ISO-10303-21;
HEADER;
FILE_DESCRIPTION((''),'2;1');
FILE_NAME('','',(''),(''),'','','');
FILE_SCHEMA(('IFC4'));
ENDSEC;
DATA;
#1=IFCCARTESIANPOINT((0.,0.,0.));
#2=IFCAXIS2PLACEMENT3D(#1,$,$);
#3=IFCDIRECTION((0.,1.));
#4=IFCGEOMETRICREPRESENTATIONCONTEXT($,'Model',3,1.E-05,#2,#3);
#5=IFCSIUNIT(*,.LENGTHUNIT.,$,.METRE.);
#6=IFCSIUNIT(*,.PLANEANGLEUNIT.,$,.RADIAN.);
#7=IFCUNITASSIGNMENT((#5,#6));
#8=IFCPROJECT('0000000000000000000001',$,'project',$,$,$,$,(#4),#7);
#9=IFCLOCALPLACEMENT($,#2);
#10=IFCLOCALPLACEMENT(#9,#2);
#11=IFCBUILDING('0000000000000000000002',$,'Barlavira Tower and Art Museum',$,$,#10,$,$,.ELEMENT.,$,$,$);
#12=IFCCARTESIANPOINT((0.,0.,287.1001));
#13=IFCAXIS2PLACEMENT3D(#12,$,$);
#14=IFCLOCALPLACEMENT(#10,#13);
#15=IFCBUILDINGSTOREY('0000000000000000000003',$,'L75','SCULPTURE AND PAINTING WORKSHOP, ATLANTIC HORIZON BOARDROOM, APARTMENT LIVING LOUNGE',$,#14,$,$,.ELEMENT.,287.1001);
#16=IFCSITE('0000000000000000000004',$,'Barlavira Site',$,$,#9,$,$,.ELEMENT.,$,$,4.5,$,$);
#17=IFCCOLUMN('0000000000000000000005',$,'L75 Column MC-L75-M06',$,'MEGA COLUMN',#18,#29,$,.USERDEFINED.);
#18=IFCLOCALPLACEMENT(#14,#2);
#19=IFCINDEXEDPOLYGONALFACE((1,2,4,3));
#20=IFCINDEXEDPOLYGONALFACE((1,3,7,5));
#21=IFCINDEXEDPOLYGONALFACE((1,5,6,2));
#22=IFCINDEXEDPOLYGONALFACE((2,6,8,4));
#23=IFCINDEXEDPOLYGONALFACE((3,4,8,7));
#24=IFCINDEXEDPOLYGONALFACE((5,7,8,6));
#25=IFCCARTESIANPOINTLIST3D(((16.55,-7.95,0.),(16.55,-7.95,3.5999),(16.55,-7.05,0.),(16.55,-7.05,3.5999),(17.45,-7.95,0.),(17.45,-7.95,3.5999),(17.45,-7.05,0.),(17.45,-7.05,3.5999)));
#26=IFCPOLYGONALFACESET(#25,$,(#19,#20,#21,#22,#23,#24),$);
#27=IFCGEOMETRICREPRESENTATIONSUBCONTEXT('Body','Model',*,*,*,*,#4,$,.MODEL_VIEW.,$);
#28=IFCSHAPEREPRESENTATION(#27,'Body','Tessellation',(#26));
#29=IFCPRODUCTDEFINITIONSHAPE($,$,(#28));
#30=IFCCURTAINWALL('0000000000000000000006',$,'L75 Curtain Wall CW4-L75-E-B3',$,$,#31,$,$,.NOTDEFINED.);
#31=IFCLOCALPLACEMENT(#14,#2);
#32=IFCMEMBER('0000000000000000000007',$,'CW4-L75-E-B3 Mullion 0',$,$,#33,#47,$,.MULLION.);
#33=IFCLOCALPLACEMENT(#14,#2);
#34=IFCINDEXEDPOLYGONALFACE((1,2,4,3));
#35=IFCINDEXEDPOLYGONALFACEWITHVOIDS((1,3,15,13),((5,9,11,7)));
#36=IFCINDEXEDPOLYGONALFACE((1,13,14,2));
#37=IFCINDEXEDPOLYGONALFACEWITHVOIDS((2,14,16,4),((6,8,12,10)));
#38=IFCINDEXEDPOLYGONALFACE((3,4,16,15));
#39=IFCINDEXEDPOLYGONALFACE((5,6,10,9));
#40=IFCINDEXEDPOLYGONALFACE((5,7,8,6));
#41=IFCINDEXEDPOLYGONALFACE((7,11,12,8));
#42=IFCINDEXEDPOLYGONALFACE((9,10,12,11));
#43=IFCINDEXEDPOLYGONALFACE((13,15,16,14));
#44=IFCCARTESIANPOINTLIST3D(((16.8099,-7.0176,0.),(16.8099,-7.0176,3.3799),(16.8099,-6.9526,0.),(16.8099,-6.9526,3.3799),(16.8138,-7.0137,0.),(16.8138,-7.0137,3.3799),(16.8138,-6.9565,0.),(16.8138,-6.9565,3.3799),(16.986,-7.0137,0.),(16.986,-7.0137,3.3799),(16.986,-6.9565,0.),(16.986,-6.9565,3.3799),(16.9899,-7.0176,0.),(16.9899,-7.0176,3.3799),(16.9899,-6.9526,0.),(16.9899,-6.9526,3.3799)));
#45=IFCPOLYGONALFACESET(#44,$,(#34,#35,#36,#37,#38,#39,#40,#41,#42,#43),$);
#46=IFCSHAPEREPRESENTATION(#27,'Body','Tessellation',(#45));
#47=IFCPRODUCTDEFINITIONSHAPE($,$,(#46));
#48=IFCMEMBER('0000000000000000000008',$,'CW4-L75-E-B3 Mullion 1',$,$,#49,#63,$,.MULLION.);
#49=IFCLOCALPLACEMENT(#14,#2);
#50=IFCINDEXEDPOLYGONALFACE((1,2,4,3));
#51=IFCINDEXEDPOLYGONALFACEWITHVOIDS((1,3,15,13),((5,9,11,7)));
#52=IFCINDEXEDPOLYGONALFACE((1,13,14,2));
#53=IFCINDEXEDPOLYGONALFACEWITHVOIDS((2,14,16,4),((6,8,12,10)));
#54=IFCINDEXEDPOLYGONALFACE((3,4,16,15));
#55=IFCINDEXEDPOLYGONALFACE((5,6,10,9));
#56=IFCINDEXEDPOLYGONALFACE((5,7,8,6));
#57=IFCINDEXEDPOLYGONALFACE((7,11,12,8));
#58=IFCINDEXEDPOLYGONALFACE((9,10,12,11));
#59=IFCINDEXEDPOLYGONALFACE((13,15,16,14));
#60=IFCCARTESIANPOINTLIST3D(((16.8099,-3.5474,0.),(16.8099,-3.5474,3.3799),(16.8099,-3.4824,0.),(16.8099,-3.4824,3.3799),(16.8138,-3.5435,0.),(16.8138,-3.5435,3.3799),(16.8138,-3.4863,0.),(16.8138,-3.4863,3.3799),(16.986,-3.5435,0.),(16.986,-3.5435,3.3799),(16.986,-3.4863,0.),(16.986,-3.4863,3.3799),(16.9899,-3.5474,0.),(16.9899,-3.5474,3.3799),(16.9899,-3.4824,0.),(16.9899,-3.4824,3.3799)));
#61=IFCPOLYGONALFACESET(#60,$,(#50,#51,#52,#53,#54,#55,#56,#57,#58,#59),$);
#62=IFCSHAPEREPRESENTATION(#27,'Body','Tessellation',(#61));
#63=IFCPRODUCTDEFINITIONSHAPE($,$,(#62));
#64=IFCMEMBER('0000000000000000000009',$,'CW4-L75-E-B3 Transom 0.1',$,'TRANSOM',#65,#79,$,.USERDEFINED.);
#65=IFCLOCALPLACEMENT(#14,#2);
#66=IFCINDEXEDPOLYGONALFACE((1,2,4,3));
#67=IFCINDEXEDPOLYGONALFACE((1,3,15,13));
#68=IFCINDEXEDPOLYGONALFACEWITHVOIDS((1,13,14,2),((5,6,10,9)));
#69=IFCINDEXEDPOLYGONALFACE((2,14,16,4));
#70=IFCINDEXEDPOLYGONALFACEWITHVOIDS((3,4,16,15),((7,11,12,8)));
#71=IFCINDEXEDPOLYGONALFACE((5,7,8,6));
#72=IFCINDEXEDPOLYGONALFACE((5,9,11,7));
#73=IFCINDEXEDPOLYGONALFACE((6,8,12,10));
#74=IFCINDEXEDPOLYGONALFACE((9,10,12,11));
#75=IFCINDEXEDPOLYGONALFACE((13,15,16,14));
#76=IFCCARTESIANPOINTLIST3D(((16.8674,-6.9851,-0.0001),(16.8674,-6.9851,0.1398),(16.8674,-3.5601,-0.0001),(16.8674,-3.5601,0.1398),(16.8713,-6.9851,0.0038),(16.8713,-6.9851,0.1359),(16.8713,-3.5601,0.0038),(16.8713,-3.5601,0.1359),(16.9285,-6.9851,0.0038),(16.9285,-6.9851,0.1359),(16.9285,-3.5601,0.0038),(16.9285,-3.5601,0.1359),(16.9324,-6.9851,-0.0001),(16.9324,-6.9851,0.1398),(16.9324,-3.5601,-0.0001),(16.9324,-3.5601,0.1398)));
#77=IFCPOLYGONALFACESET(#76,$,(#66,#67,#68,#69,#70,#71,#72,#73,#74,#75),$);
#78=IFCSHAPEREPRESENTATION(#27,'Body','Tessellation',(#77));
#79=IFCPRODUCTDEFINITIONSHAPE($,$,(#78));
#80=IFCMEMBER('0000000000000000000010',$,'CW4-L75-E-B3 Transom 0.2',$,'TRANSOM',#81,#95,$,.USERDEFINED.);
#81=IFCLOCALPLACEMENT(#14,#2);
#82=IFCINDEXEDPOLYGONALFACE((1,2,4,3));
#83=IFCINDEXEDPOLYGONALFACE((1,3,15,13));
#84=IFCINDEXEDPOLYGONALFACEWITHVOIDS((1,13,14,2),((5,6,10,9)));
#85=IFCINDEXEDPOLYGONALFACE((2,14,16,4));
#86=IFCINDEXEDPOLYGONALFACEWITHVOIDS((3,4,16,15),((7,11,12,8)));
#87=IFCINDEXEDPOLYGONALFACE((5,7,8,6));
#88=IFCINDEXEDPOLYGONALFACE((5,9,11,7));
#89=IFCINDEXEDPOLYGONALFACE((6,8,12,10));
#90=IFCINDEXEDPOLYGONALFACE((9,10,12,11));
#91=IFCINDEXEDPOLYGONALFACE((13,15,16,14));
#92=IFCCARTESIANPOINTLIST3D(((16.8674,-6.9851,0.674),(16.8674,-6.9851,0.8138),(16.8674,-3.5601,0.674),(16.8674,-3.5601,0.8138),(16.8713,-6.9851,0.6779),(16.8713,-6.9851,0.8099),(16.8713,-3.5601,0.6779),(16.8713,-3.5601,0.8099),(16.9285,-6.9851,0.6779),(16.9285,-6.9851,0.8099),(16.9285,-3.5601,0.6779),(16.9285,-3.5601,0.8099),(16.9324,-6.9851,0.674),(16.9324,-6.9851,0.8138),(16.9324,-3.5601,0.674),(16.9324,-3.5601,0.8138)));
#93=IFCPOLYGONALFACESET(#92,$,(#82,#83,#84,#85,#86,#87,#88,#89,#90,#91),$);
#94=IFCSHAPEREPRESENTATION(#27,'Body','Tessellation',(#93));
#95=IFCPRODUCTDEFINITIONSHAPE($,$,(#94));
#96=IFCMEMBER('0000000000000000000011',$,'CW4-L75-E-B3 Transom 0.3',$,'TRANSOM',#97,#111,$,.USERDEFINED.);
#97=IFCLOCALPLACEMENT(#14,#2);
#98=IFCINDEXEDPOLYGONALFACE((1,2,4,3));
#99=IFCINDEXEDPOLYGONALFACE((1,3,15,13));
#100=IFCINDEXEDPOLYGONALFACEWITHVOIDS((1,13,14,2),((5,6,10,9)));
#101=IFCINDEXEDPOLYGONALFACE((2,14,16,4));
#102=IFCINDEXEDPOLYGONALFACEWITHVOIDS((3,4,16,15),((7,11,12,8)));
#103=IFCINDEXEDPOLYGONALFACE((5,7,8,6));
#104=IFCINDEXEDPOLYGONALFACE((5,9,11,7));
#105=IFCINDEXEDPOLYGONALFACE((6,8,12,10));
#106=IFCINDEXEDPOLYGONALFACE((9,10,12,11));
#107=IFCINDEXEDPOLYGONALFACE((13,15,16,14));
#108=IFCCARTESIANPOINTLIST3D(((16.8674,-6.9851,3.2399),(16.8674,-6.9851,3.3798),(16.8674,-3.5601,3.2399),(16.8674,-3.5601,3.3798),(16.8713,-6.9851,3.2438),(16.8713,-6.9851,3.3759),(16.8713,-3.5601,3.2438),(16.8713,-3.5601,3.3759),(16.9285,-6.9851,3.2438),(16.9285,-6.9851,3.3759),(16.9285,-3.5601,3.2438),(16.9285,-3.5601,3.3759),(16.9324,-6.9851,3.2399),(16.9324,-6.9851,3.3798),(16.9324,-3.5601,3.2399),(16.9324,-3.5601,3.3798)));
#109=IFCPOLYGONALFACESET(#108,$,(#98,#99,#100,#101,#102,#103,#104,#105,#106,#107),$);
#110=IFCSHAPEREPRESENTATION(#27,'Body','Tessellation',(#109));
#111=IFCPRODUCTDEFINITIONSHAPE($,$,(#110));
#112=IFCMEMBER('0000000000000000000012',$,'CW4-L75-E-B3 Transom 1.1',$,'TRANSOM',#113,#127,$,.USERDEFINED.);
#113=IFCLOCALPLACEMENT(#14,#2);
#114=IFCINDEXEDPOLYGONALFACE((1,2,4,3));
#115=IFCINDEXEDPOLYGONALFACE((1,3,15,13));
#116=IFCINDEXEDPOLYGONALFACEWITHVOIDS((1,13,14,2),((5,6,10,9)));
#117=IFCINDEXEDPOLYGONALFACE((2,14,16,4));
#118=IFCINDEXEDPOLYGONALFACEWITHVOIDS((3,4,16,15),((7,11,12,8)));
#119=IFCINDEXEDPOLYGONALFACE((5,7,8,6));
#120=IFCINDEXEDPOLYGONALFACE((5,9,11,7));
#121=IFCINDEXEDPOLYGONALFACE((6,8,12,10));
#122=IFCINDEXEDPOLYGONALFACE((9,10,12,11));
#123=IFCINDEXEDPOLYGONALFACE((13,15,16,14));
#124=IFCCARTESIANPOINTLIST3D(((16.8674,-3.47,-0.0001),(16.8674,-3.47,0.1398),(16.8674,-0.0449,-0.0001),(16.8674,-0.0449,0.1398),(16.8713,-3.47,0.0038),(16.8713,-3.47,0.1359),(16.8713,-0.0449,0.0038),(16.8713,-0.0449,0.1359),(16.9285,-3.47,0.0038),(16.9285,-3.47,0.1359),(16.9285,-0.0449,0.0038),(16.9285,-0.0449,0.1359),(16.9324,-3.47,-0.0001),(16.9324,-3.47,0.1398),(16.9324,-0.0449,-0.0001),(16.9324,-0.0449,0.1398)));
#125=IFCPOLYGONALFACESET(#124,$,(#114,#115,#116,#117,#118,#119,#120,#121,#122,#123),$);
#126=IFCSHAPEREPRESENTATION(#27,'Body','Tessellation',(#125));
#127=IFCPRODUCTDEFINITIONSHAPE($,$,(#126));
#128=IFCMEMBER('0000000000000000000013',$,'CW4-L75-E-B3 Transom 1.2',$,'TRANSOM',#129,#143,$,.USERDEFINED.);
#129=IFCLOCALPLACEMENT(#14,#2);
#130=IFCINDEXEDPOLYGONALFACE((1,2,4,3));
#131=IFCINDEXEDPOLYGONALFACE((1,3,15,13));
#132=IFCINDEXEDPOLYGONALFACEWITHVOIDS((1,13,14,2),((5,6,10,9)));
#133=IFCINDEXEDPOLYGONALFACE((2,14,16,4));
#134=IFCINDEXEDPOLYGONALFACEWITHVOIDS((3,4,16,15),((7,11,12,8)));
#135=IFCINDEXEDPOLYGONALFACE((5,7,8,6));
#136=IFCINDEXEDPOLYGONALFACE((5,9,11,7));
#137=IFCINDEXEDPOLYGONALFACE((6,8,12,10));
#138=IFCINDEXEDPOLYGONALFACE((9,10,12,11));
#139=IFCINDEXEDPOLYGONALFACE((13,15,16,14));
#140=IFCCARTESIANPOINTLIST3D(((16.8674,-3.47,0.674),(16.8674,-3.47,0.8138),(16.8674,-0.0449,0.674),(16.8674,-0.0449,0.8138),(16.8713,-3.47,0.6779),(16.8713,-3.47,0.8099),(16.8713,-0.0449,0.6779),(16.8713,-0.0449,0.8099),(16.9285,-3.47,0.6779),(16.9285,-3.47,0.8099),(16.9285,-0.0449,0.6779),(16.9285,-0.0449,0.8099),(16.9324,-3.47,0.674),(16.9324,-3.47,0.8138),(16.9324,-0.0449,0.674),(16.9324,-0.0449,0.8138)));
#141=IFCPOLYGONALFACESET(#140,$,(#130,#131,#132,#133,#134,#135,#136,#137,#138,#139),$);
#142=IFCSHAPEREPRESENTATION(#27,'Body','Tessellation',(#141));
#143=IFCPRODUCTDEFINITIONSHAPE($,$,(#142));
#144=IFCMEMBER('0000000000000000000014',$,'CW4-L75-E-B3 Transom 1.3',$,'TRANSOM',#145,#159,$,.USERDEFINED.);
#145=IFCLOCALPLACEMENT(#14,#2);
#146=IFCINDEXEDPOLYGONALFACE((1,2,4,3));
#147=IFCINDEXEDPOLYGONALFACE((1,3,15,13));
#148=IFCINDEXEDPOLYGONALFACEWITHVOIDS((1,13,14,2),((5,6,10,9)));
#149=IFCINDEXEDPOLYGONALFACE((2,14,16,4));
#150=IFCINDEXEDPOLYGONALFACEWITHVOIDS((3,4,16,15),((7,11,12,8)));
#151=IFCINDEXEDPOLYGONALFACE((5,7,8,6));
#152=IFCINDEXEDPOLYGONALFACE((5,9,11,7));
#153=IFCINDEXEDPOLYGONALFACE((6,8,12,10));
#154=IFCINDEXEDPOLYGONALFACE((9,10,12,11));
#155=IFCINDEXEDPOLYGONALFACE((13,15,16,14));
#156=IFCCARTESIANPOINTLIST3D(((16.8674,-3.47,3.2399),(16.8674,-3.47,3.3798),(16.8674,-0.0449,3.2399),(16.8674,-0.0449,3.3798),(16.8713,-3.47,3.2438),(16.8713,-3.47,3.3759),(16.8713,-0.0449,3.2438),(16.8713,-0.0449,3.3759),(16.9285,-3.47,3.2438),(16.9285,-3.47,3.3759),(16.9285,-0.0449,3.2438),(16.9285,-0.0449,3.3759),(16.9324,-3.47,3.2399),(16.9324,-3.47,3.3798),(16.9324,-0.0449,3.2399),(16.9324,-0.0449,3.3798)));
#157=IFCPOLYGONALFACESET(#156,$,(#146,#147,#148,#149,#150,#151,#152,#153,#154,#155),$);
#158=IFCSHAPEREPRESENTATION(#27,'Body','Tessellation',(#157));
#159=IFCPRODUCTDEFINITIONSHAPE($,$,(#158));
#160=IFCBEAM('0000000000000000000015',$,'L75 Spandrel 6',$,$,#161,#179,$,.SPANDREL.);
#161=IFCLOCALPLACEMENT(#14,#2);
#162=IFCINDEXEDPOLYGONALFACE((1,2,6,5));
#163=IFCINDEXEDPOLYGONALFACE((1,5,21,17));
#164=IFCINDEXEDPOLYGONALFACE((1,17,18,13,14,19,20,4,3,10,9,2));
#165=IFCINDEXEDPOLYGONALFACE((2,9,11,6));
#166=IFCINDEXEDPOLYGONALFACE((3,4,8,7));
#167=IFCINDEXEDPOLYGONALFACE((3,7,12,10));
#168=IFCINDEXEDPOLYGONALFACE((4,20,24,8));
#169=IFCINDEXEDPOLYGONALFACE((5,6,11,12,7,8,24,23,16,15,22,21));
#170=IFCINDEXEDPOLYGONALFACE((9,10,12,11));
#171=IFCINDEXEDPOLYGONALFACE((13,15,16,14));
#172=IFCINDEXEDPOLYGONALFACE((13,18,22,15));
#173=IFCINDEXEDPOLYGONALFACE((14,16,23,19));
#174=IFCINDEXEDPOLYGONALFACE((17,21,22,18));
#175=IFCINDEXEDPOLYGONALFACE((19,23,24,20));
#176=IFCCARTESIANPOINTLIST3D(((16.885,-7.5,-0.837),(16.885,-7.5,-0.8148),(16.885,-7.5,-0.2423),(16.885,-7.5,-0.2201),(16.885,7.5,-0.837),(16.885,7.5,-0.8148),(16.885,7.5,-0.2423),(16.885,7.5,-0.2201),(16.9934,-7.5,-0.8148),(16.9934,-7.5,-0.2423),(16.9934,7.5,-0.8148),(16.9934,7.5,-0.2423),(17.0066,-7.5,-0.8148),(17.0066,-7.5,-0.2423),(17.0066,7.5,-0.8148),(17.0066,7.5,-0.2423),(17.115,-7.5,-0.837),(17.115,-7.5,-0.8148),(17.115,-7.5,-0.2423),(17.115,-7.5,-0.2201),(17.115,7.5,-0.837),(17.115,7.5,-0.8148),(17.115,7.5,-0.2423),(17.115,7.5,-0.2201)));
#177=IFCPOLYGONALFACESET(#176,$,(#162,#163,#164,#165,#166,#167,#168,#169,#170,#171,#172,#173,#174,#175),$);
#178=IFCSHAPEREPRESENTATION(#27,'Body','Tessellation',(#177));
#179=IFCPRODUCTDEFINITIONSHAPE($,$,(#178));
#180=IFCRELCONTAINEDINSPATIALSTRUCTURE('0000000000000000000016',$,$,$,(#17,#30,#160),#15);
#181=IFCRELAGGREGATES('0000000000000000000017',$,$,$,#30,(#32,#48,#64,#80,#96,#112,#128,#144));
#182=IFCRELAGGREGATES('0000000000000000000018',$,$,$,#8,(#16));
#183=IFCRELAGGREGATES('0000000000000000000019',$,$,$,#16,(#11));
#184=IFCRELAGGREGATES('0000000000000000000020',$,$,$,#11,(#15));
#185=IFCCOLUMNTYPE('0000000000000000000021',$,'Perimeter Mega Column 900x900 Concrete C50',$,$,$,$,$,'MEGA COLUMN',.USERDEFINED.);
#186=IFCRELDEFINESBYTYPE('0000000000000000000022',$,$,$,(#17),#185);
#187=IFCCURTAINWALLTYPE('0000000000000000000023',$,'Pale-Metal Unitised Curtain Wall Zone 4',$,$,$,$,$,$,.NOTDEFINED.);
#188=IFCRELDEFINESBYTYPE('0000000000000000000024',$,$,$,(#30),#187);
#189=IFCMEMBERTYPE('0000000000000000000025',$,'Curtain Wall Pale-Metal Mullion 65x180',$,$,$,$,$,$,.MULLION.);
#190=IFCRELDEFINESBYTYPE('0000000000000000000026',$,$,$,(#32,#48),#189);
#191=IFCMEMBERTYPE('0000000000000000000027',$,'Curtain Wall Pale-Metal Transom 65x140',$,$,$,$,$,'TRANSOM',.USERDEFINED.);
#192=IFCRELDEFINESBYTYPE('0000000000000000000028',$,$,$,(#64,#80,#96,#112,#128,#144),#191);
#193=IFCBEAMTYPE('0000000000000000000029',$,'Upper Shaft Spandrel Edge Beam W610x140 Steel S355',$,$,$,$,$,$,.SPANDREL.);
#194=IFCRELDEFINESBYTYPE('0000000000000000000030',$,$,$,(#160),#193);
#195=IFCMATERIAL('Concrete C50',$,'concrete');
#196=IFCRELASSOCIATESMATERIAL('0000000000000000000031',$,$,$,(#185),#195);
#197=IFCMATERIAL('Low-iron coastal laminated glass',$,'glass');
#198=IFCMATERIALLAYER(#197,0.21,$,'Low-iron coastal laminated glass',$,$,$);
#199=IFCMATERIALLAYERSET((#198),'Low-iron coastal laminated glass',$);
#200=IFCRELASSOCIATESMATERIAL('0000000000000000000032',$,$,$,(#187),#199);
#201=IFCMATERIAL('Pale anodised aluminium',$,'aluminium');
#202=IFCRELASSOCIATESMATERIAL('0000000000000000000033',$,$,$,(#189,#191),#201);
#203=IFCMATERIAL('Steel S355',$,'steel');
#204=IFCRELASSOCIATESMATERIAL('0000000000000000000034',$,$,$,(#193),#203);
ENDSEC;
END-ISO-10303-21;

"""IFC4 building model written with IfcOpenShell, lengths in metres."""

from ifc_helpers import new_model, si_unit, direction, frame, origin, origin_2d, place, context, subcontext, project, spatial, rectangle, hollow_rectangle, i_section, extrude, material, layer, layer_set, material_profile, profile_set, type_object, element, aggregate, save


model = new_model("IFC4")

# Units and contexts
model_context = context("Model", 3, precision=1e-05, world=origin(), true_north=direction((0.0, 1.0)))
body_context = subcontext(model_context, "Body", "Model", "MODEL_VIEW")
ifc_project = project(units=[si_unit("LENGTHUNIT", "METRE"), si_unit("PLANEANGLEUNIT", "RADIAN")], contexts=[model_context])

# Site, building, storey
site_placement = place(None, origin())
site = spatial("IfcSite", under=ifc_project, at=site_placement, Name="Barlavira Site", CompositionType="ELEMENT", RefElevation=4.5)
building_placement = place(site_placement, origin())
building = spatial("IfcBuilding", under=site, at=building_placement, Name="Barlavira Tower and Art Museum", CompositionType="ELEMENT")
storey_placement = place(building_placement, frame((0.0, 0.0, 287.1001)))
storey = spatial("IfcBuildingStorey", under=building, at=storey_placement, Name="L75", Description="SCULPTURE AND PAINTING WORKSHOP, ATLANTIC HORIZON BOARDROOM, APARTMENT LIVING LOUNGE", CompositionType="ELEMENT", Elevation=287.1001)

# Column
ifc_material_1 = material(Name="Concrete C50", Category="concrete")
ifc_material_profile_1 = material_profile(ifc_material_1, rectangle(XDim=0.8999, YDim=0.8999, at=origin_2d()), Name="RC-COL 900x900")
ifc_profile_set_1 = profile_set([ifc_material_profile_1], Name="Concrete C50")
column_type = type_object("IfcColumnType", Name="Perimeter Mega Column 900x900 Concrete C50", ElementType="MEGA COLUMN", PredefinedType="USERDEFINED", material=ifc_profile_set_1)
column_placement = place(storey_placement, frame((17.0, -7.5, 0.0), z_axis=(0.0, 0.0, 1.0), x_axis=(1.0, 0.0, 0.0)))
element("IfcColumn", 1, at=column_placement, inside=storey, type_object=column_type, Name="L75 Column MC-L75-M06", ObjectType="MEGA COLUMN", PredefinedType="USERDEFINED", context=body_context, shape_type="SweptSolid", body=[
    extrude(rectangle(XDim=0.8999, YDim=0.8999, at=origin_2d()), origin(), (0.0, 0.0, 1.0), 3.5999),
])

# Curtain wall, members
ifc_material_2 = material(Name="Low-iron coastal laminated glass", Category="glass")
ifc_layer_1 = layer(ifc_material_2, 0.21, Name="Low-iron coastal laminated glass")
ifc_layer_set_1 = layer_set([ifc_layer_1], Name="Low-iron coastal laminated glass")
curtain_wall_type = type_object("IfcCurtainWallType", Name="Pale-Metal Unitised Curtain Wall Zone 4", PredefinedType="NOTDEFINED", material=ifc_layer_set_1)
curtain_wall_placement = place(storey_placement, origin())
curtain_wall = element("IfcCurtainWall", 2, at=curtain_wall_placement, inside=storey, type_object=curtain_wall_type, Name="L75 Curtain Wall CW4-L75-E-B3", PredefinedType="NOTDEFINED")
ifc_material_3 = material(Name="Pale anodised aluminium", Category="aluminium")
ifc_material_profile_2 = material_profile(ifc_material_3, hollow_rectangle(XDim=0.0649, YDim=0.1799, WallThickness=0.0039, at=origin_2d()), Name="ALU-MULL 65x180x4")
ifc_profile_set_2 = profile_set([ifc_material_profile_2], Name="Pale anodised aluminium")
member_type_1 = type_object("IfcMemberType", Name="Curtain Wall Pale-Metal Mullion 65x180", PredefinedType="MULLION", material=ifc_profile_set_2)
member_1_placement = place(storey_placement, frame((16.8999, -6.9851, 0.0), z_axis=(0.0, 0.0, 1.0), x_axis=(0.0, 1.0, 0.0)))
member_1 = element("IfcMember", 3, at=member_1_placement, type_object=member_type_1, Name="CW4-L75-E-B3 Mullion 0", PredefinedType="MULLION", context=body_context, shape_type="SweptSolid", body=[
    extrude(hollow_rectangle(XDim=0.0649, YDim=0.1799, WallThickness=0.0039, at=origin_2d()), origin(), (0.0, 0.0, 1.0), 3.3799),
])
member_2_placement = place(storey_placement, frame((16.8999, -3.5149, 0.0), z_axis=(0.0, 0.0, 1.0), x_axis=(0.0, 1.0, 0.0)))
member_2 = element("IfcMember", 4, at=member_2_placement, type_object=member_type_1, Name="CW4-L75-E-B3 Mullion 1", PredefinedType="MULLION", context=body_context, shape_type="SweptSolid", body=[
    extrude(hollow_rectangle(XDim=0.0649, YDim=0.1799, WallThickness=0.0039, at=origin_2d()), origin(), (0.0, 0.0, 1.0), 3.3799),
])
ifc_material_profile_3 = material_profile(ifc_material_3, hollow_rectangle(XDim=0.0649, YDim=0.1399, WallThickness=0.0039, at=origin_2d()), Name="ALU-TRAN 65x140x4")
ifc_profile_set_3 = profile_set([ifc_material_profile_3], Name="Pale anodised aluminium")
member_type_2 = type_object("IfcMemberType", Name="Curtain Wall Pale-Metal Transom 65x140", ElementType="TRANSOM", PredefinedType="USERDEFINED", material=ifc_profile_set_3)
member_3_placement = place(storey_placement, frame((16.8999, -6.9851, 0.0698), z_axis=(0.0, 1.0, 0.0), x_axis=(-1.0, 0.0, 0.0)))
member_3 = element("IfcMember", 5, at=member_3_placement, type_object=member_type_2, Name="CW4-L75-E-B3 Transom 0.1", ObjectType="TRANSOM", PredefinedType="USERDEFINED", context=body_context, shape_type="SweptSolid", body=[
    extrude(hollow_rectangle(XDim=0.0649, YDim=0.1399, WallThickness=0.0039, at=origin_2d()), origin(), (0.0, 0.0, 1.0), 3.425),
])
member_4_placement = place(storey_placement, frame((16.8999, -6.9851, 0.7439), z_axis=(0.0, 1.0, 0.0), x_axis=(-1.0, 0.0, 0.0)))
member_4 = element("IfcMember", 6, at=member_4_placement, type_object=member_type_2, Name="CW4-L75-E-B3 Transom 0.2", ObjectType="TRANSOM", PredefinedType="USERDEFINED", context=body_context, shape_type="SweptSolid", body=[
    extrude(hollow_rectangle(XDim=0.0649, YDim=0.1399, WallThickness=0.0039, at=origin_2d()), origin(), (0.0, 0.0, 1.0), 3.425),
])
member_5_placement = place(storey_placement, frame((16.8999, -6.9851, 3.3098), z_axis=(0.0, 1.0, 0.0), x_axis=(-1.0, 0.0, 0.0)))
member_5 = element("IfcMember", 7, at=member_5_placement, type_object=member_type_2, Name="CW4-L75-E-B3 Transom 0.3", ObjectType="TRANSOM", PredefinedType="USERDEFINED", context=body_context, shape_type="SweptSolid", body=[
    extrude(hollow_rectangle(XDim=0.0649, YDim=0.1399, WallThickness=0.0039, at=origin_2d()), origin(), (0.0, 0.0, 1.0), 3.425),
])
member_6_placement = place(storey_placement, frame((16.8999, -3.47, 0.0698), z_axis=(0.0, 1.0, 0.0), x_axis=(-1.0, 0.0, 0.0)))
member_6 = element("IfcMember", 8, at=member_6_placement, type_object=member_type_2, Name="CW4-L75-E-B3 Transom 1.1", ObjectType="TRANSOM", PredefinedType="USERDEFINED", context=body_context, shape_type="SweptSolid", body=[
    extrude(hollow_rectangle(XDim=0.0649, YDim=0.1399, WallThickness=0.0039, at=origin_2d()), origin(), (0.0, 0.0, 1.0), 3.425),
])
member_7_placement = place(storey_placement, frame((16.8999, -3.47, 0.7439), z_axis=(0.0, 1.0, 0.0), x_axis=(-1.0, 0.0, 0.0)))
member_7 = element("IfcMember", 9, at=member_7_placement, type_object=member_type_2, Name="CW4-L75-E-B3 Transom 1.2", ObjectType="TRANSOM", PredefinedType="USERDEFINED", context=body_context, shape_type="SweptSolid", body=[
    extrude(hollow_rectangle(XDim=0.0649, YDim=0.1399, WallThickness=0.0039, at=origin_2d()), origin(), (0.0, 0.0, 1.0), 3.425),
])
member_8_placement = place(storey_placement, frame((16.8999, -3.47, 3.3098), z_axis=(0.0, 1.0, 0.0), x_axis=(-1.0, 0.0, 0.0)))
member_8 = element("IfcMember", 10, at=member_8_placement, type_object=member_type_2, Name="CW4-L75-E-B3 Transom 1.3", ObjectType="TRANSOM", PredefinedType="USERDEFINED", context=body_context, shape_type="SweptSolid", body=[
    extrude(hollow_rectangle(XDim=0.0649, YDim=0.1399, WallThickness=0.0039, at=origin_2d()), origin(), (0.0, 0.0, 1.0), 3.425),
])

# Beam
ifc_material_4 = material(Name="Steel S355", Category="steel")
ifc_material_profile_4 = material_profile(ifc_material_4, i_section(OverallWidth=0.23, OverallDepth=0.6169, WebThickness=0.0132, FlangeThickness=0.0222, at=origin_2d()), Name="W610x140.0")
ifc_profile_set_4 = profile_set([ifc_material_profile_4], Name="Steel S355")
beam_type_1 = type_object("IfcBeamType", Name="Upper Shaft Spandrel Edge Beam W610x140 Steel S355", PredefinedType="SPANDREL", material=ifc_profile_set_4)
beam_1_placement = place(storey_placement, frame((17.0, -7.5, -0.5286), z_axis=(0.0, 1.0, 0.0), x_axis=(-1.0, 0.0, 0.0)))
element("IfcBeam", 11, at=beam_1_placement, inside=storey, type_object=beam_type_1, Name="L75 Spandrel 6", PredefinedType="SPANDREL", context=body_context, shape_type="SweptSolid", body=[
    extrude(i_section(OverallWidth=0.23, OverallDepth=0.6169, WebThickness=0.0132, FlangeThickness=0.0222, at=origin_2d()), origin(), (0.0, 0.0, 1.0), 15.0),
])

aggregate(curtain_wall, [member_1, member_2, member_3, member_4, member_5, member_6, member_7, member_8])

save(model, "model.ifc")
